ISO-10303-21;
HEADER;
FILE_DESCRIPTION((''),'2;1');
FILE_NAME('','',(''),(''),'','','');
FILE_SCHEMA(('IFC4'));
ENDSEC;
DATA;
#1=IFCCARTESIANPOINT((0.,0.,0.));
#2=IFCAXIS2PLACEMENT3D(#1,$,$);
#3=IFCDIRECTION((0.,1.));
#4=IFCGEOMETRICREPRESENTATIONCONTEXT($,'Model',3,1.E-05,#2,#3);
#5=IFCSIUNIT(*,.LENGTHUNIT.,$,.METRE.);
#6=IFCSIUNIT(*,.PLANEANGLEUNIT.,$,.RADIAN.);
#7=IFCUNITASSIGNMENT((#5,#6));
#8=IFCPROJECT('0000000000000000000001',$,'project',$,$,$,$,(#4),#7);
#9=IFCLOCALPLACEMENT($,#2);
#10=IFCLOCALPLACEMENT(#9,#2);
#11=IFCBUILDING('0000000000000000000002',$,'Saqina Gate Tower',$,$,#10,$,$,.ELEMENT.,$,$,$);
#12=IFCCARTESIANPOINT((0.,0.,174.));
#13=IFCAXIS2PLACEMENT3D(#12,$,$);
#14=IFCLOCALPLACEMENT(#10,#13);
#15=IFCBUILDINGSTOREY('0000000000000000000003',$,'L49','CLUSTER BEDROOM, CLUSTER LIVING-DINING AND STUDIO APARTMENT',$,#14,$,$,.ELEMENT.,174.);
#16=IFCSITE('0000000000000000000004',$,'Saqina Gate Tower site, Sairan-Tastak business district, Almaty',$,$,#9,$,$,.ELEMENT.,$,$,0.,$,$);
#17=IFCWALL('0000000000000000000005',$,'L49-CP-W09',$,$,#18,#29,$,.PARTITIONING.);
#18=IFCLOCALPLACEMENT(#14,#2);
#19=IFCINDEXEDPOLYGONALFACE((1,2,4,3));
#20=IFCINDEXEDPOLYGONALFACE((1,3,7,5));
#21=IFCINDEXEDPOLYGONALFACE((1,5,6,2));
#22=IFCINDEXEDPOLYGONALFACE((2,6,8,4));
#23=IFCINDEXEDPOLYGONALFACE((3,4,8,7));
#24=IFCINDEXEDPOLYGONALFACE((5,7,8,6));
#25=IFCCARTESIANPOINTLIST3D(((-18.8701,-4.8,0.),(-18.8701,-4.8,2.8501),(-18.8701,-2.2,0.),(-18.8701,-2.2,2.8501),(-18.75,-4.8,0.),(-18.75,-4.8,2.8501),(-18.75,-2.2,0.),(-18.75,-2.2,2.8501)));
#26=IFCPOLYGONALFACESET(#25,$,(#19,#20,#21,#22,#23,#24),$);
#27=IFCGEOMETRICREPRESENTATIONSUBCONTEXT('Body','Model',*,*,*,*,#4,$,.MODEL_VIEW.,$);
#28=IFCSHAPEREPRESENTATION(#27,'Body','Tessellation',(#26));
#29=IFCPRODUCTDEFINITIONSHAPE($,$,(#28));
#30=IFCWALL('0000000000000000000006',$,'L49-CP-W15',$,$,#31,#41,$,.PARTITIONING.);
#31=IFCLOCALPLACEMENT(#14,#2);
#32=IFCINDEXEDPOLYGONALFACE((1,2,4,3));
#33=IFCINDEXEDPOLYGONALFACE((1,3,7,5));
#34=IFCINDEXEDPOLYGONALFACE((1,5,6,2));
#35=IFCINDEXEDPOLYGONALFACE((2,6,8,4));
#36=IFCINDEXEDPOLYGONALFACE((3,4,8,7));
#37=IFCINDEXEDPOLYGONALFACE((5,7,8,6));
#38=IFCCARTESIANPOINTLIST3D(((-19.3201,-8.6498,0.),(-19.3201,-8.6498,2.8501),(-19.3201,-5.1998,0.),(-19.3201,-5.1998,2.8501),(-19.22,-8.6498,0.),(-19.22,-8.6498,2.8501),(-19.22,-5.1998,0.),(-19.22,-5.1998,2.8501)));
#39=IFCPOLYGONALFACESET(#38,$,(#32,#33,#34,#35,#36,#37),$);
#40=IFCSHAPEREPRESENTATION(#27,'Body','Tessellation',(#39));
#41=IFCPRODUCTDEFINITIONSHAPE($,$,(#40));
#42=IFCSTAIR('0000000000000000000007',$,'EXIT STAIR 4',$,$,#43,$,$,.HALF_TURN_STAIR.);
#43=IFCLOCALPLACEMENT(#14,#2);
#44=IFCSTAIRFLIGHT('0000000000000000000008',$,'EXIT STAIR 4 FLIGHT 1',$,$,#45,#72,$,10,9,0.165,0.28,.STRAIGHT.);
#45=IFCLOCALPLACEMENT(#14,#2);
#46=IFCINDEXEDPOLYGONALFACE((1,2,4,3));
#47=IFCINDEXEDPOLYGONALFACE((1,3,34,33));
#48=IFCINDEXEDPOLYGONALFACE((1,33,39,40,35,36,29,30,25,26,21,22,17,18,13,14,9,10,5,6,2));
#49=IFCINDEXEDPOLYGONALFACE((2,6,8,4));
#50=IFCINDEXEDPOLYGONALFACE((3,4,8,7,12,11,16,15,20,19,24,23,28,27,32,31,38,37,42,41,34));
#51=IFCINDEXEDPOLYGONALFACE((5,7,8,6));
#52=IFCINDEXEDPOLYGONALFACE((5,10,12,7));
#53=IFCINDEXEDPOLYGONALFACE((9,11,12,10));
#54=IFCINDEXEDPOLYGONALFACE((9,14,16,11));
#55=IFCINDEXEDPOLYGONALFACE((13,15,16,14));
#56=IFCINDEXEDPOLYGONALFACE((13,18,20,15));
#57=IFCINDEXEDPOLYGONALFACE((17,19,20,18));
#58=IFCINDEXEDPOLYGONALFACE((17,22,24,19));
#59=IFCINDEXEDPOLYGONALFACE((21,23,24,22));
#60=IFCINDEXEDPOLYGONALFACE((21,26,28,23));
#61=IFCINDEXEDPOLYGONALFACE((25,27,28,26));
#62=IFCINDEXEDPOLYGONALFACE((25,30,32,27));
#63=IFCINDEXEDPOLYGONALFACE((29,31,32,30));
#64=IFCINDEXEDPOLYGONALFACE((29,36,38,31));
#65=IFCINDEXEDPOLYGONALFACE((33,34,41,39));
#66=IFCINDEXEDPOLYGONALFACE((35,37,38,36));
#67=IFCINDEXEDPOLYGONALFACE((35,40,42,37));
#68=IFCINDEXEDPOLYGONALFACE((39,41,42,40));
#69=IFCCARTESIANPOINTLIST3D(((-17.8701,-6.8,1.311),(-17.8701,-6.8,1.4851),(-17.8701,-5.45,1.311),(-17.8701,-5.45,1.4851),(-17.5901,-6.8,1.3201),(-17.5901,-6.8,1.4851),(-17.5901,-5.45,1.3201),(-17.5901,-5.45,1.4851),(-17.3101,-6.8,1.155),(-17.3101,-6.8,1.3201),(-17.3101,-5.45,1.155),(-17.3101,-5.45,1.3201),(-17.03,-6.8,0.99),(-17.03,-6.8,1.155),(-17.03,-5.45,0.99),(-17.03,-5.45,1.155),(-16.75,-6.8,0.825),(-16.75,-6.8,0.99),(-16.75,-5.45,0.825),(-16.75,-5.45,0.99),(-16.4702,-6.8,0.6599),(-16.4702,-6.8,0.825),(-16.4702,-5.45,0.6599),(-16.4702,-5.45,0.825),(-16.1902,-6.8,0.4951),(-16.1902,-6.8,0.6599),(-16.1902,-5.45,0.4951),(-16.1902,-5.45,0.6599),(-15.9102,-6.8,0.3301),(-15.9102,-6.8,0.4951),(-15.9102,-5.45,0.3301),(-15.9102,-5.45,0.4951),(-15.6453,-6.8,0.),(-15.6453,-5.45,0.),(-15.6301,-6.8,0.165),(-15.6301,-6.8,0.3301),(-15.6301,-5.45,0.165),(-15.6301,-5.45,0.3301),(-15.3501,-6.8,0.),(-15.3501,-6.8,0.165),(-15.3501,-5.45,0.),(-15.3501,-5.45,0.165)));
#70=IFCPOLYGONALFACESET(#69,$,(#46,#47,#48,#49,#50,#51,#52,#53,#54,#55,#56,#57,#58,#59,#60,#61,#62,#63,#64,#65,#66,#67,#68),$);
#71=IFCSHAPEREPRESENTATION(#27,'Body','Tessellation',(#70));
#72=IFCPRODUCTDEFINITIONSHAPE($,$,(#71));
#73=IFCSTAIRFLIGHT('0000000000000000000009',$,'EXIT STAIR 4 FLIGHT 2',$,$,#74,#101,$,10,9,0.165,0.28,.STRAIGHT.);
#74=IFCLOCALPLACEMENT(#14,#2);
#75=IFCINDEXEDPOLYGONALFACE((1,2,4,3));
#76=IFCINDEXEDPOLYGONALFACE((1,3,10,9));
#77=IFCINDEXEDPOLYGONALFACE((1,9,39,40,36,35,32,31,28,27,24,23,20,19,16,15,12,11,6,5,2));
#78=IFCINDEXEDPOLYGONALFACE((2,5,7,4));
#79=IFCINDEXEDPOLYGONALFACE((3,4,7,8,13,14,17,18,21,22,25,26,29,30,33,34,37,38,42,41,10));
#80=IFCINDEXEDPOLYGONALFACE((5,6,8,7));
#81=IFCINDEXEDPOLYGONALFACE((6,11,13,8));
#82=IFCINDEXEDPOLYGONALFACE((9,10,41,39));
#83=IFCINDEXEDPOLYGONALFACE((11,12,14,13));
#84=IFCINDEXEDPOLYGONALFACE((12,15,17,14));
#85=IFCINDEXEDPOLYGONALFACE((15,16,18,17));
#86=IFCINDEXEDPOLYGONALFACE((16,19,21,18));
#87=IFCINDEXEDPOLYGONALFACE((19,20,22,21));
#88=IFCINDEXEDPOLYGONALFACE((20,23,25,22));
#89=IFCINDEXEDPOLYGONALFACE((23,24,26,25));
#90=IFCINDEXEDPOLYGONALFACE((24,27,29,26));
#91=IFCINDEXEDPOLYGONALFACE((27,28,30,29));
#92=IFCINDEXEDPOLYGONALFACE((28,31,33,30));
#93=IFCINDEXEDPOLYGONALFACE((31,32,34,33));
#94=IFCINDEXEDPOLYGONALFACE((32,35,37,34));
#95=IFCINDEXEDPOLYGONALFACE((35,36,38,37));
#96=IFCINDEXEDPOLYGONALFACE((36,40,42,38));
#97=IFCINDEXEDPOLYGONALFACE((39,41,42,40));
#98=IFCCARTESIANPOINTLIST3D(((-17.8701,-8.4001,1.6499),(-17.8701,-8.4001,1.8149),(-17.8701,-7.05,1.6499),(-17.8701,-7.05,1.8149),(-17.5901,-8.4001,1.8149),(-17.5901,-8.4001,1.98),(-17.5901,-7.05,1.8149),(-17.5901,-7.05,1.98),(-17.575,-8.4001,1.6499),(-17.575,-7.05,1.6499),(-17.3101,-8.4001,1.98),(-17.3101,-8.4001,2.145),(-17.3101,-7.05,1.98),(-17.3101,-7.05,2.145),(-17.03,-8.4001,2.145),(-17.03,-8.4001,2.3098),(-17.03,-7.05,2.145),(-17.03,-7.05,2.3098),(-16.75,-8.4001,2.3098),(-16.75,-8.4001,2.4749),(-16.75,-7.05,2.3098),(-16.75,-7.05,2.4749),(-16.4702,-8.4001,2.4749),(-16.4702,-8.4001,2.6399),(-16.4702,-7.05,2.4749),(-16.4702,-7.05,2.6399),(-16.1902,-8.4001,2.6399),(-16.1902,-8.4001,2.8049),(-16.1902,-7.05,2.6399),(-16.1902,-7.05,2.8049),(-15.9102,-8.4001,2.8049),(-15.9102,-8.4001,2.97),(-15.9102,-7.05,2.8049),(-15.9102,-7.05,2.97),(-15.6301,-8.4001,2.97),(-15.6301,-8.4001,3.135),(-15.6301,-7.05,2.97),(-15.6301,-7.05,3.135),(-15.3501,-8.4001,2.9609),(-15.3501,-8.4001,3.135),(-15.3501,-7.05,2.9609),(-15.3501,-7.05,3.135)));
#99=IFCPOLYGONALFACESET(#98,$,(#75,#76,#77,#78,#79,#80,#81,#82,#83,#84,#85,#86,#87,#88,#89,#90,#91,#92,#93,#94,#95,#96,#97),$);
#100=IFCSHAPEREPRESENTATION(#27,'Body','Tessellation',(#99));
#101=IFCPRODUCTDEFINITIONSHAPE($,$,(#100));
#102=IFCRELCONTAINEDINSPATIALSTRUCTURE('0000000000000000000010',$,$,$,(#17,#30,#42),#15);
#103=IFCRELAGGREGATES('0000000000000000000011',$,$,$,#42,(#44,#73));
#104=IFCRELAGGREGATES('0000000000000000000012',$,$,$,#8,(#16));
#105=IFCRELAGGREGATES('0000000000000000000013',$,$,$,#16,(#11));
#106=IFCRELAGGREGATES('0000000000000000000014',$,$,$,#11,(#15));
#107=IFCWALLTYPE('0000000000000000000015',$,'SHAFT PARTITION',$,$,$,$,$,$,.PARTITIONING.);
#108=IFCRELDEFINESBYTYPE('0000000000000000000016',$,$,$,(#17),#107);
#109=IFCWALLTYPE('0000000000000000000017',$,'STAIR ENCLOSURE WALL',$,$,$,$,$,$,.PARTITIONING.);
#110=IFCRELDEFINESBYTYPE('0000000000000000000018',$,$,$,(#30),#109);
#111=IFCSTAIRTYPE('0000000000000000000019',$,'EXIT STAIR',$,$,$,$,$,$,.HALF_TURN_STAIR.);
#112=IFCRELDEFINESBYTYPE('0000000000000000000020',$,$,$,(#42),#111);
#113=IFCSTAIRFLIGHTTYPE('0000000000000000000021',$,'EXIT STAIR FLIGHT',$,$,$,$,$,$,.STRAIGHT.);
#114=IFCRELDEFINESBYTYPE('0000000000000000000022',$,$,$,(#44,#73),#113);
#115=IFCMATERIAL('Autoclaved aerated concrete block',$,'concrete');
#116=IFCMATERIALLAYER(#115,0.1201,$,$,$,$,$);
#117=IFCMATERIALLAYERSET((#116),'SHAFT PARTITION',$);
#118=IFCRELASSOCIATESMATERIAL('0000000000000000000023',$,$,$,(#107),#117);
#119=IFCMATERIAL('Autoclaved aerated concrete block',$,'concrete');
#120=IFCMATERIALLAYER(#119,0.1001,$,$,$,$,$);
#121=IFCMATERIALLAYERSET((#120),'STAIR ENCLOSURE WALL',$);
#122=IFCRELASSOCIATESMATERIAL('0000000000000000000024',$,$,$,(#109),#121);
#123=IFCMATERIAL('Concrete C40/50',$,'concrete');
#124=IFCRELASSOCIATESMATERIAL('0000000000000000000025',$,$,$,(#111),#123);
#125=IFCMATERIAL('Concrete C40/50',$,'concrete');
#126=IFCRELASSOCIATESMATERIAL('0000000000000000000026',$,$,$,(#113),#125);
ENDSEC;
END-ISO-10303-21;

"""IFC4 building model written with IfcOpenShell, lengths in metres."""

from ifc_helpers import new_model, si_unit, direction, frame, frame_2d, origin, place, context, subcontext, project, spatial, polyline, rectangle, outline, extrude, material, layer, layer_set, type_object, element, aggregate, save


model = new_model("IFC4")

# Units and contexts
model_context = context("Model", 3, precision=1e-05, world=origin(), true_north=direction((0.0, 1.0)))
body_context = subcontext(model_context, "Body", "Model", "MODEL_VIEW")
ifc_project = project(units=[si_unit("LENGTHUNIT", "METRE"), si_unit("PLANEANGLEUNIT", "RADIAN")], contexts=[model_context])

# Site, building, storey
site_placement = place(None, origin())
site = spatial("IfcSite", under=ifc_project, at=site_placement, Name="Saqina Gate Tower site, Sairan-Tastak business district, Almaty", CompositionType="ELEMENT", RefElevation=0.0)
building_placement = place(site_placement, origin())
building = spatial("IfcBuilding", under=site, at=building_placement, Name="Saqina Gate Tower", CompositionType="ELEMENT")
storey_placement = place(building_placement, frame((0.0, 0.0, 174.0)))
storey = spatial("IfcBuildingStorey", under=building, at=storey_placement, Name="L49", Description="CLUSTER BEDROOM, CLUSTER LIVING-DINING AND STUDIO APARTMENT", CompositionType="ELEMENT", Elevation=174.0)

# Shared definitions
ifc_material_1 = material(Name="Autoclaved aerated concrete block", Category="concrete")
ifc_layer_1 = layer(ifc_material_1, 0.1201)
ifc_layer_set_1 = layer_set([ifc_layer_1], Name="SHAFT PARTITION")
wall_type_1 = type_object("IfcWallType", Name="SHAFT PARTITION", PredefinedType="PARTITIONING", material=ifc_layer_set_1)

# Walls
wall_1_placement = place(storey_placement, frame((-18.8101, -4.8, 0.0), z_axis=(0.0, 0.0, 1.0), x_axis=(0.0, 1.0, 0.0)))
element("IfcWall", 1, at=wall_1_placement, inside=storey, type_object=wall_type_1, Name="L49-CP-W09", PredefinedType="PARTITIONING", context=body_context, shape_type="SweptSolid", body=[
    extrude(rectangle(XDim=2.6001, YDim=0.1201, at=frame_2d((1.3, 0.0))), origin(), (0.0, 0.0, 1.0), 2.8501),
])
ifc_material_2 = material(Name="Autoclaved aerated concrete block", Category="concrete")
ifc_layer_2 = layer(ifc_material_2, 0.1001)
ifc_layer_set_2 = layer_set([ifc_layer_2], Name="STAIR ENCLOSURE WALL")
wall_type_2 = type_object("IfcWallType", Name="STAIR ENCLOSURE WALL", PredefinedType="PARTITIONING", material=ifc_layer_set_2)
wall_2_placement = place(storey_placement, frame((-19.27, -8.6499, 0.0), z_axis=(0.0, 0.0, 1.0), x_axis=(0.0, 1.0, 0.0)))
element("IfcWall", 2, at=wall_2_placement, inside=storey, type_object=wall_type_2, Name="L49-CP-W15", PredefinedType="PARTITIONING", context=body_context, shape_type="SweptSolid", body=[
    extrude(rectangle(XDim=3.45, YDim=0.1001, at=frame_2d((1.7251, 0.0))), origin(), (0.0, 0.0, 1.0), 2.8501),
])

# Stair, stair flights
ifc_material_3 = material(Name="Concrete C40/50", Category="concrete")
stair_type = type_object("IfcStairType", Name="EXIT STAIR", PredefinedType="HALF_TURN_STAIR", material=ifc_material_3)
stair_placement = place(storey_placement, origin())
stair = element("IfcStair", 3, at=stair_placement, inside=storey, type_object=stair_type, Name="EXIT STAIR 4", PredefinedType="HALF_TURN_STAIR")
ifc_material_4 = material(Name="Concrete C40/50", Category="concrete")
stair_flight_type = type_object("IfcStairFlightType", Name="EXIT STAIR FLIGHT", PredefinedType="STRAIGHT", material=ifc_material_4)
stair_flight_1_placement = place(storey_placement, frame((-15.3501, -6.125, 0.0), z_axis=(0.0, 0.0, 1.0), x_axis=(-1.0, 0.0, 0.0)))
stair_flight_1 = element("IfcStairFlight", 4, at=stair_flight_1_placement, type_object=stair_flight_type, Name="EXIT STAIR 4 FLIGHT 1", NumberOfRisers=10, NumberOfTreads=9, PredefinedType="STRAIGHT", RiserHeight=0.165, TreadLength=0.28, context=body_context, shape_type="SweptSolid", body=[
    extrude(outline(polyline([(0.0, 0.0), (0.0, 0.165), (0.28, 0.165), (0.28, 0.3301), (0.5601, 0.3301), (0.5601, 0.4951), (0.8401, 0.4951), (0.8401, 0.6599), (1.1201, 0.6599), (1.1201, 0.825), (1.3999, 0.825), (1.3999, 0.99), (1.6799, 0.99), (1.6799, 1.155), (1.96, 1.155), (1.96, 1.3201), (2.24, 1.3201), (2.24, 1.4851), (2.52, 1.4851), (2.52, 1.6499), (2.52, 1.311), (0.2952, 0.0), (0.0, 0.0)])), frame((0.0, 0.675, 0.0), z_axis=(0.0, -1.0, 0.0), x_axis=(1.0, 0.0, 0.0)), (0.0, 0.0, 1.0), 1.3501),
])
stair_flight_2_placement = place(storey_placement, frame((-17.8701, -7.7251, 1.6499), z_axis=(0.0, 0.0, 1.0), x_axis=(1.0, 0.0, 0.0)))
stair_flight_2 = element("IfcStairFlight", 5, at=stair_flight_2_placement, type_object=stair_flight_type, Name="EXIT STAIR 4 FLIGHT 2", NumberOfRisers=10, NumberOfTreads=9, PredefinedType="STRAIGHT", RiserHeight=0.165, TreadLength=0.28, context=body_context, shape_type="SweptSolid", body=[
    extrude(outline(polyline([(0.0, 0.0), (0.0, 0.165), (0.28, 0.165), (0.28, 0.3301), (0.5601, 0.3301), (0.5601, 0.4951), (0.8401, 0.4951), (0.8401, 0.6599), (1.1201, 0.6599), (1.1201, 0.825), (1.3999, 0.825), (1.3999, 0.99), (1.6799, 0.99), (1.6799, 1.155), (1.96, 1.155), (1.96, 1.3201), (2.24, 1.3201), (2.24, 1.4851), (2.52, 1.4851), (2.52, 1.6499), (2.52, 1.311), (0.2952, 0.0), (0.0, 0.0)])), frame((0.0, 0.675, 0.0), z_axis=(0.0, -1.0, 0.0), x_axis=(1.0, 0.0, 0.0)), (0.0, 0.0, 1.0), 1.3501),
])
aggregate(stair, [stair_flight_1, stair_flight_2])

save(model, "model.ifc")
